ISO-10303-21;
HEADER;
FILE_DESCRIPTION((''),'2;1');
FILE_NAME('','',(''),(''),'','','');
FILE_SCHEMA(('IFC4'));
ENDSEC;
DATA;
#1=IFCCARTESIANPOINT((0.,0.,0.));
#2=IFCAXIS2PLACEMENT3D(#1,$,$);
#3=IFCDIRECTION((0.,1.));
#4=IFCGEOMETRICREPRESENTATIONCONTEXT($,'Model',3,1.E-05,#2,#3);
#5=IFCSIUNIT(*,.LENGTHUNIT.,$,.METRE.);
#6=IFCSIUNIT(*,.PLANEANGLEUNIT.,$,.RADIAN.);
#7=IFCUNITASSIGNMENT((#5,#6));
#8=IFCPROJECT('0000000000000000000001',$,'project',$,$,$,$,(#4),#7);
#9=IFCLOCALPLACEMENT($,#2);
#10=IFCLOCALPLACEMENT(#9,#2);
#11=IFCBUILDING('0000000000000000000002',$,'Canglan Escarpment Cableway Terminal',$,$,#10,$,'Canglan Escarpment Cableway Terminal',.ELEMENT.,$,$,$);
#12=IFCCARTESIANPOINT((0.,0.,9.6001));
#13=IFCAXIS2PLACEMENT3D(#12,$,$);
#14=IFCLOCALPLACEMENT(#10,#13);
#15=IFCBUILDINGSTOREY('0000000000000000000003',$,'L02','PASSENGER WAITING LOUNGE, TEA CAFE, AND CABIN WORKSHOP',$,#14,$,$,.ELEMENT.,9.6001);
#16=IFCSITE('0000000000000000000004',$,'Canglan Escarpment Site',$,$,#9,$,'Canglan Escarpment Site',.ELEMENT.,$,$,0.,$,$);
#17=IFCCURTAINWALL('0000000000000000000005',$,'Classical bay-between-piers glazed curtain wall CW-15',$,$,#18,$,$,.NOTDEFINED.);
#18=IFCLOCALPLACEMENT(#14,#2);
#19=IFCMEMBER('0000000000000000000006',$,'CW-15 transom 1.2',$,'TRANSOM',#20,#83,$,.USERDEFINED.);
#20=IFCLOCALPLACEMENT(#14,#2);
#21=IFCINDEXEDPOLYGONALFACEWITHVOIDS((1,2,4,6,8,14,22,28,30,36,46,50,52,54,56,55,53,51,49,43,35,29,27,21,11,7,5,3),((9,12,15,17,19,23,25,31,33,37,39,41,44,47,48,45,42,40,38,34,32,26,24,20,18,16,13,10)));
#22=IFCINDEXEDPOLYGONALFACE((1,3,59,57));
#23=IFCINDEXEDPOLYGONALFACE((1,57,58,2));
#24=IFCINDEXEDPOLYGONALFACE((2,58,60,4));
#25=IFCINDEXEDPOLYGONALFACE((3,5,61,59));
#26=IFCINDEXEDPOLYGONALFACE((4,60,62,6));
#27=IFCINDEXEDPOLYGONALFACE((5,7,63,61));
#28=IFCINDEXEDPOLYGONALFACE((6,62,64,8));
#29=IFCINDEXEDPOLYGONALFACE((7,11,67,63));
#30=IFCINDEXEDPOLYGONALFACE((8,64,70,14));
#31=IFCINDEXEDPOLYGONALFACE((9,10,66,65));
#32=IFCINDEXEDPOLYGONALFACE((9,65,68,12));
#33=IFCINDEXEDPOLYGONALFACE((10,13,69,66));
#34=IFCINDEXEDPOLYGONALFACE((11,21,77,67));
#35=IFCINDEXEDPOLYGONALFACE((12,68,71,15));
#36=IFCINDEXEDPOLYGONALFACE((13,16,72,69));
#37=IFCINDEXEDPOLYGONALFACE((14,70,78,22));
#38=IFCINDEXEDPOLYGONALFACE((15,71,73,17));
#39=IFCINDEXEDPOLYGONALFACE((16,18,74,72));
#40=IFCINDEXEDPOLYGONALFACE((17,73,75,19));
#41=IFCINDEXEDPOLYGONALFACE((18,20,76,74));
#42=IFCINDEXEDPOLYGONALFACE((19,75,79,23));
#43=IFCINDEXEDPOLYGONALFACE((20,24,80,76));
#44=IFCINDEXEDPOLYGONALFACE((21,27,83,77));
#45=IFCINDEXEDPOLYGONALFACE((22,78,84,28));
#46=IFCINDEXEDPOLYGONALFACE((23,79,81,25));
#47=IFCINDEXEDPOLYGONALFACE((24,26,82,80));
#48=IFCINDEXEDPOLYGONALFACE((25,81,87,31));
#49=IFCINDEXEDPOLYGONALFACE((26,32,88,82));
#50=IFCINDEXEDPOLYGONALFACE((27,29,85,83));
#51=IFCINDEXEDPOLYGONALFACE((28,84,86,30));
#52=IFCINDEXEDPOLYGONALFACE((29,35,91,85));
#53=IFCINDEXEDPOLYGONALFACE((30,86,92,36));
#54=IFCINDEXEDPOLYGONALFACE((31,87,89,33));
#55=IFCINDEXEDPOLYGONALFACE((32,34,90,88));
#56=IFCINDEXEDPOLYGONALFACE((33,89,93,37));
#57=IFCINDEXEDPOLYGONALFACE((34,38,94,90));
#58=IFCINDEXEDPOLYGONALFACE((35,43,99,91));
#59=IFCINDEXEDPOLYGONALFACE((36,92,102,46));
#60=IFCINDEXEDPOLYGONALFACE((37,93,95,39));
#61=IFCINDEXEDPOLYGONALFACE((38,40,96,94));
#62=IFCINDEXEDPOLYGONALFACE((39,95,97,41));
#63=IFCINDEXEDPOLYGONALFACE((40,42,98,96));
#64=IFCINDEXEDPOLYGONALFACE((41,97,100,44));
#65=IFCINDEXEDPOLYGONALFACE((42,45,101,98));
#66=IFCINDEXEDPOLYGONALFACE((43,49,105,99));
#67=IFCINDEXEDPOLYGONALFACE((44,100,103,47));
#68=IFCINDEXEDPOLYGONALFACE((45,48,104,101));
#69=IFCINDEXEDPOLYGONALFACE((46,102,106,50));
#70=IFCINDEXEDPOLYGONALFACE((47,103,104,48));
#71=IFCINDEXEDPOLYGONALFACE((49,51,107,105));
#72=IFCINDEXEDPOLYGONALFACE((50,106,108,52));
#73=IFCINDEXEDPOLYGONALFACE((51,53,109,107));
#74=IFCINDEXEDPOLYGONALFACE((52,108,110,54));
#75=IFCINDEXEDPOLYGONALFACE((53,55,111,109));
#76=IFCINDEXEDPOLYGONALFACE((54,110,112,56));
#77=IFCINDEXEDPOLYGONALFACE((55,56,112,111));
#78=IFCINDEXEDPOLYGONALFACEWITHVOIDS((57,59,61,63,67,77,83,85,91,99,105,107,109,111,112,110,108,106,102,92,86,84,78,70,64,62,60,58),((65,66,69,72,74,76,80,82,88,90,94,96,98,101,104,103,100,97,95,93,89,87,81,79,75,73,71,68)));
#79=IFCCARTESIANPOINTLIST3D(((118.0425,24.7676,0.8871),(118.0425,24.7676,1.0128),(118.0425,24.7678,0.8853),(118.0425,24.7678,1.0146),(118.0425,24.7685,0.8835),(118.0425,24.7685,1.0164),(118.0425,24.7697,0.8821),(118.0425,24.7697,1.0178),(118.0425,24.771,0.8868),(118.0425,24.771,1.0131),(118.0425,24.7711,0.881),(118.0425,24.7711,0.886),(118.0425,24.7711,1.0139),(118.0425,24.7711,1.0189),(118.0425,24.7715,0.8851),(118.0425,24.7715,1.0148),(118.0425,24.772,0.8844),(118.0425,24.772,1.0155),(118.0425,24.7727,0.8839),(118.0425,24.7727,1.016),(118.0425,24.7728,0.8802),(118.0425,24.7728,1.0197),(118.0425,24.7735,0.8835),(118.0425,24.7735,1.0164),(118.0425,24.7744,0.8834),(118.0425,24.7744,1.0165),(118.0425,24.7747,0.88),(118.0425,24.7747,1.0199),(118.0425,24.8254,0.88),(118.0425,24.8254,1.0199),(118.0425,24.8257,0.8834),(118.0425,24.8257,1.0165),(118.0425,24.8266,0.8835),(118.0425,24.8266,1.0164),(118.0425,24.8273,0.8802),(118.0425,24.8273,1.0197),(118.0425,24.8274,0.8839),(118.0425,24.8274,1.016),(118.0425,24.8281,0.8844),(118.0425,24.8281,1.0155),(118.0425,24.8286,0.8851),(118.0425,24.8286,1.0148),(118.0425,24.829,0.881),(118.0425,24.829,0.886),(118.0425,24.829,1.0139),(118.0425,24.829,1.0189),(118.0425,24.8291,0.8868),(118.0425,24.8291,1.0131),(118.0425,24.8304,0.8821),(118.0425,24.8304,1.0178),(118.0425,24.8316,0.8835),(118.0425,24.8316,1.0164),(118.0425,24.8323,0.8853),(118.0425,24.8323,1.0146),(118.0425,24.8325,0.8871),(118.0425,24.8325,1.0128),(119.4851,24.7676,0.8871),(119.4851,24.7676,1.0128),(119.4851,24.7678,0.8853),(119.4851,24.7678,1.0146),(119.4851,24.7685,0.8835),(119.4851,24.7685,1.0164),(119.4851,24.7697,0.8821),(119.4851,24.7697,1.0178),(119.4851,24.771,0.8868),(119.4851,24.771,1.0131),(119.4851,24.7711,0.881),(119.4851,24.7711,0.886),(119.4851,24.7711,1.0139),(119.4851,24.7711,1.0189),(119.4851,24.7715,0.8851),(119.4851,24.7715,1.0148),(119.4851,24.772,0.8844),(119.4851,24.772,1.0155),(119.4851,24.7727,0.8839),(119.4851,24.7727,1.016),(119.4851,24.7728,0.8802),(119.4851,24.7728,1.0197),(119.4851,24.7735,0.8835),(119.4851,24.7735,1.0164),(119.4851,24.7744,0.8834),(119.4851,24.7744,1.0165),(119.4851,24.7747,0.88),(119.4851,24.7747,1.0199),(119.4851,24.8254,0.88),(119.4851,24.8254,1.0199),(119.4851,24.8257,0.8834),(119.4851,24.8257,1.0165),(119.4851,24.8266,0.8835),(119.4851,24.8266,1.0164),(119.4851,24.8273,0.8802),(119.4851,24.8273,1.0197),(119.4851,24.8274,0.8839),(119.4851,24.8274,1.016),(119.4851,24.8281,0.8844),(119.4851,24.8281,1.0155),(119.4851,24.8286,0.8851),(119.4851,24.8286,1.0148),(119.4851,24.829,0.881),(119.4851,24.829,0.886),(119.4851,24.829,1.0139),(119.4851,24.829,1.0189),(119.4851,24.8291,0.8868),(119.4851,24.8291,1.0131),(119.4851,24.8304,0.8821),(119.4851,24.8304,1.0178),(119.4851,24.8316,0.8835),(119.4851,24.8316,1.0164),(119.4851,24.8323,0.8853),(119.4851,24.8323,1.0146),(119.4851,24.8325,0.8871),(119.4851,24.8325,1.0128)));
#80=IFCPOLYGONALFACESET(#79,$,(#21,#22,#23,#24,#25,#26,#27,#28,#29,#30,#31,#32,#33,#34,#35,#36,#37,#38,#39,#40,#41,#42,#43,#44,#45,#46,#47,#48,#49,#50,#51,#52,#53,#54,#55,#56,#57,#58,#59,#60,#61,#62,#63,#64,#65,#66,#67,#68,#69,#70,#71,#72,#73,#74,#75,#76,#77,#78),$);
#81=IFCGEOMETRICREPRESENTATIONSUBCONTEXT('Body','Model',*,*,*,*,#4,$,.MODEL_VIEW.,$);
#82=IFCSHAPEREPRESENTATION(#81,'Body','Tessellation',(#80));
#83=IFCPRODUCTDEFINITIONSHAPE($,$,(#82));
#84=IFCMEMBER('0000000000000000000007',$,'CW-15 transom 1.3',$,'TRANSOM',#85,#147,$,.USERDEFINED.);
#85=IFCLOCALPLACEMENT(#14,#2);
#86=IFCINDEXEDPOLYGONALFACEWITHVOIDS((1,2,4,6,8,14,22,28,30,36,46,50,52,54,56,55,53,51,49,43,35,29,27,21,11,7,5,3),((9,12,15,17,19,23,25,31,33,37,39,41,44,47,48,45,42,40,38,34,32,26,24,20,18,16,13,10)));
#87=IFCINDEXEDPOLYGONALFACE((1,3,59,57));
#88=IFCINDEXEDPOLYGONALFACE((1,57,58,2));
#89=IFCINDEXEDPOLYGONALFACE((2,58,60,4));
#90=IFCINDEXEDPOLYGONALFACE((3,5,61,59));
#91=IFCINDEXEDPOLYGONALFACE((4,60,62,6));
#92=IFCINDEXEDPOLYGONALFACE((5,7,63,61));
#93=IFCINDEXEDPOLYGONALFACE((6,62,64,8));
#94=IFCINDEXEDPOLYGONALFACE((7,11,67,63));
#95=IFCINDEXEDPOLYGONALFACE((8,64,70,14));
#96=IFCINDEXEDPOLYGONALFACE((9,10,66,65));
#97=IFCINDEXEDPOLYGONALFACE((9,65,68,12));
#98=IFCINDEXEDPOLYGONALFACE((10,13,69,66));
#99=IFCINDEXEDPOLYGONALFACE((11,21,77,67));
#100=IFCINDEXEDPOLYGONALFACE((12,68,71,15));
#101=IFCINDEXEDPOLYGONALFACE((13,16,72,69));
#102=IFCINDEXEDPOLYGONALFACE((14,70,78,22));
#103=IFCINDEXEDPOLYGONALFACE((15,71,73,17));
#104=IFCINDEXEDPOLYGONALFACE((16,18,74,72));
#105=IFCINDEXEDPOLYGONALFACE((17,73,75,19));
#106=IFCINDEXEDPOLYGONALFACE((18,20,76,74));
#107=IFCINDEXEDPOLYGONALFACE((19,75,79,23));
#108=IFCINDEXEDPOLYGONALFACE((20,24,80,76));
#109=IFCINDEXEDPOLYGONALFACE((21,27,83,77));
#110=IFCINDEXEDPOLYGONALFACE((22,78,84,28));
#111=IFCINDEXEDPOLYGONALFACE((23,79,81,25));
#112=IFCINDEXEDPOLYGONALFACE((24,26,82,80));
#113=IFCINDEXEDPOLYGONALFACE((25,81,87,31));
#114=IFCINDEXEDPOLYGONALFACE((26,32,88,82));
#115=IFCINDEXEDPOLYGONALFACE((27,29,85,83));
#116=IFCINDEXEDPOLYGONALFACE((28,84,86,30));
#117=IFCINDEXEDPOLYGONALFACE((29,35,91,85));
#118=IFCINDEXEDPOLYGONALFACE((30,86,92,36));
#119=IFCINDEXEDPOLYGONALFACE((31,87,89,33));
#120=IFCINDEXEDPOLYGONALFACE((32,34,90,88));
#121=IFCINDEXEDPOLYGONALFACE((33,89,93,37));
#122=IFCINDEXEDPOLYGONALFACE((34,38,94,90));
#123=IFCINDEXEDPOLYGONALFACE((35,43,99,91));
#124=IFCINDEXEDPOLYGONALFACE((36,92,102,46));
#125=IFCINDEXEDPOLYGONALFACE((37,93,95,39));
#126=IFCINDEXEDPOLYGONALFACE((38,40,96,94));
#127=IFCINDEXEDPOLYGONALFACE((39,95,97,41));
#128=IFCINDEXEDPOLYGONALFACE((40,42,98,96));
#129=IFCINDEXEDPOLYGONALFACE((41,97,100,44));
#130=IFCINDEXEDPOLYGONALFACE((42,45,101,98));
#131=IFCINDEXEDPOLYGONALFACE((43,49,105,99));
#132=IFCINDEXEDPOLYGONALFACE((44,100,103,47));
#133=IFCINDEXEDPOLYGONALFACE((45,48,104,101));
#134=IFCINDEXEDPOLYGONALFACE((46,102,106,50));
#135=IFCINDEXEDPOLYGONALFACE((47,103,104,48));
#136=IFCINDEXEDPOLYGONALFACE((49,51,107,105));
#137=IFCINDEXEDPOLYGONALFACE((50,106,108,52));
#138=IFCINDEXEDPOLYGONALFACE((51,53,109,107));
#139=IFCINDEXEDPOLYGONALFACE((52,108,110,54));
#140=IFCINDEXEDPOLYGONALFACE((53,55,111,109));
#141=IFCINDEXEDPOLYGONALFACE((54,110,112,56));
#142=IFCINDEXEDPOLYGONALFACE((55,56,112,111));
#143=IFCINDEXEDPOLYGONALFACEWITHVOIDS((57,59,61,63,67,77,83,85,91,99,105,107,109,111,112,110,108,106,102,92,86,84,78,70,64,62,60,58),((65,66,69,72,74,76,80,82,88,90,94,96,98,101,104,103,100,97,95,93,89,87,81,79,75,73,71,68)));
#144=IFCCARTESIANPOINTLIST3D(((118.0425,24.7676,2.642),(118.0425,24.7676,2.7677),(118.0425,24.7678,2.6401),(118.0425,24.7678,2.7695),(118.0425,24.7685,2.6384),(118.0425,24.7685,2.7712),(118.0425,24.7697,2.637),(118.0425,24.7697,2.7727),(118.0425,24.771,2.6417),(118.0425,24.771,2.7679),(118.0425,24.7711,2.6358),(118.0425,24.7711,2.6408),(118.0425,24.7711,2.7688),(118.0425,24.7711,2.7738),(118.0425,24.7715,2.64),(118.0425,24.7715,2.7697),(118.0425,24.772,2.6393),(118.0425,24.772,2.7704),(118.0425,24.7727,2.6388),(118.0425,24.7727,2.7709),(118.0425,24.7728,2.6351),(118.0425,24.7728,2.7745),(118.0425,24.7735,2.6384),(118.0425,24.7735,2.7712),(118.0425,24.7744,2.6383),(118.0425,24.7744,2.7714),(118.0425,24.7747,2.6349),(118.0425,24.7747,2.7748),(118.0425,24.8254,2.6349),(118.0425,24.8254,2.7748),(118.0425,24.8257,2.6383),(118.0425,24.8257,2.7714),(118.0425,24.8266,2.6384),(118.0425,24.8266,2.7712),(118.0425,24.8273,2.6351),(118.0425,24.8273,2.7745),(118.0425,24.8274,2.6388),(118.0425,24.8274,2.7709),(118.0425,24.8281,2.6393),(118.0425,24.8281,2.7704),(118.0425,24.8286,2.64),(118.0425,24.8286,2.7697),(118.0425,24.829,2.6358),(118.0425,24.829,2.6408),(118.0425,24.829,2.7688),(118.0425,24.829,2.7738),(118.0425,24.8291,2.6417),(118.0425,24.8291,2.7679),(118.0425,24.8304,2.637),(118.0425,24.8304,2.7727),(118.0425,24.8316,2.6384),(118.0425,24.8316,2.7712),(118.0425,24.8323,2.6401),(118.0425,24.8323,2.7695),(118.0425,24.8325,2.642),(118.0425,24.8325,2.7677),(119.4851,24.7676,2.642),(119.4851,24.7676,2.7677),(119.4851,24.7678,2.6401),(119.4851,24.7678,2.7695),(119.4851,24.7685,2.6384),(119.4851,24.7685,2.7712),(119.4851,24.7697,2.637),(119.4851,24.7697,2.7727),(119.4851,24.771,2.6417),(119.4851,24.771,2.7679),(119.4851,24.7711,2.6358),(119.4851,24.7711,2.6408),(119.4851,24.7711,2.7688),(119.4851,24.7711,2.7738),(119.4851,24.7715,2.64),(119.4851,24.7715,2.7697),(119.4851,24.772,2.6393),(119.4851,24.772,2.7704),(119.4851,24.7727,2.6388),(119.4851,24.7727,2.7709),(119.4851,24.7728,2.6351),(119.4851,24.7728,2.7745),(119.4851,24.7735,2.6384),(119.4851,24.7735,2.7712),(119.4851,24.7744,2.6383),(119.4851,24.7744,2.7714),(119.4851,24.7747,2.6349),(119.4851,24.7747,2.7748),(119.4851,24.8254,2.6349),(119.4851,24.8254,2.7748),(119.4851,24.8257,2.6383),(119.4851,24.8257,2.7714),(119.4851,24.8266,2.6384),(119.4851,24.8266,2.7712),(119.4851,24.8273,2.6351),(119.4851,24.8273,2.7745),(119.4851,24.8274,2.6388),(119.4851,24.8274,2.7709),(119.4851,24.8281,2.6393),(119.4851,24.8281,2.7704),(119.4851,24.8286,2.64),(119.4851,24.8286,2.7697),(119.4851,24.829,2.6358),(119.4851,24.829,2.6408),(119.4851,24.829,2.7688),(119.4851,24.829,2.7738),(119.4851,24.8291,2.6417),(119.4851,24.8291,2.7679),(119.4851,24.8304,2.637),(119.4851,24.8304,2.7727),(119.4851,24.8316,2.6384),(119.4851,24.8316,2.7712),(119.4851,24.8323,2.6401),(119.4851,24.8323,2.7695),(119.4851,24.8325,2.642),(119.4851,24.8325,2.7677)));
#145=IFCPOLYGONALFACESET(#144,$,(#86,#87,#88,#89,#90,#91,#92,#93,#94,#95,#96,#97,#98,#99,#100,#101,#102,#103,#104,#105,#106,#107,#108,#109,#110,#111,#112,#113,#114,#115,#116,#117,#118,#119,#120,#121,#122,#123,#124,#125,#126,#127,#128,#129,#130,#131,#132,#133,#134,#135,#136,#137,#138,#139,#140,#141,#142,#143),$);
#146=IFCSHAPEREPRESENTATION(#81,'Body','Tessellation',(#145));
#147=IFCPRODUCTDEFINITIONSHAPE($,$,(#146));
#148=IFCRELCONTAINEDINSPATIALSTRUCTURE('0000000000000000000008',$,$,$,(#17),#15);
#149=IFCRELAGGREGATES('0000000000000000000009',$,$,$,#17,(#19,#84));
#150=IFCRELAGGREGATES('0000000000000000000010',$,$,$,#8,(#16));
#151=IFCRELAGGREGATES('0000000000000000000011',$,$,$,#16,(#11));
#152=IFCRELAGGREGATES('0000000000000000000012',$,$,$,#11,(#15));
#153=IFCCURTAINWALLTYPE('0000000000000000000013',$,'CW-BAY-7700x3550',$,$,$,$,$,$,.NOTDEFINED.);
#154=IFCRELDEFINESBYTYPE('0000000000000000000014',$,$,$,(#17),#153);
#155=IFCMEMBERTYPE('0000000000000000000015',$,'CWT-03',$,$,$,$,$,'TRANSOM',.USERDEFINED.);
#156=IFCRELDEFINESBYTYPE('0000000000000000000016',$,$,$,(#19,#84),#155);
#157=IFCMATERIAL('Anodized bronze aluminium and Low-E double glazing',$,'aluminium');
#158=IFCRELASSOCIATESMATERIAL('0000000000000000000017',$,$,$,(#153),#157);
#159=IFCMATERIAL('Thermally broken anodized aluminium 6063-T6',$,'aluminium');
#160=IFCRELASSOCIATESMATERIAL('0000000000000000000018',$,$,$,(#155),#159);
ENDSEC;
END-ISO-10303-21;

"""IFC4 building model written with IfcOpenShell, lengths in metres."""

from ifc_helpers import new_model, si_unit, direction, frame, origin, origin_2d, place, context, subcontext, project, spatial, hollow_rectangle, extrude, material, material_profile, profile_set, type_object, element, aggregate, save


model = new_model("IFC4")

# Units and contexts
model_context = context("Model", 3, precision=1e-05, world=origin(), true_north=direction((0.0, 1.0)))
body_context = subcontext(model_context, "Body", "Model", "MODEL_VIEW")
ifc_project = project(units=[si_unit("LENGTHUNIT", "METRE"), si_unit("PLANEANGLEUNIT", "RADIAN")], contexts=[model_context])

# Site, building, storey
site_placement = place(None, origin())
site = spatial("IfcSite", under=ifc_project, at=site_placement, Name="Canglan Escarpment Site", LongName="Canglan Escarpment Site", CompositionType="ELEMENT", RefElevation=0.0)
building_placement = place(site_placement, origin())
building = spatial("IfcBuilding", under=site, at=building_placement, Name="Canglan Escarpment Cableway Terminal", LongName="Canglan Escarpment Cableway Terminal", CompositionType="ELEMENT")
storey_placement = place(building_placement, frame((0.0, 0.0, 9.6001)))
storey = spatial("IfcBuildingStorey", under=building, at=storey_placement, Name="L02", Description="PASSENGER WAITING LOUNGE, TEA CAFE, AND CABIN WORKSHOP", CompositionType="ELEMENT", Elevation=9.6001)

# Shared definitions
ifc_material_1 = material(Name="Anodized bronze aluminium and Low-E double glazing", Category="aluminium")
ifc_material_2 = material(Name="Thermally broken anodized aluminium 6063-T6", Category="aluminium")

# Curtain wall
curtain_wall_type_1 = type_object("IfcCurtainWallType", Name="CW-BAY-7700x3550", PredefinedType="NOTDEFINED", material=ifc_material_1)
curtain_wall_1_placement = place(storey_placement, origin())
curtain_wall_1 = element("IfcCurtainWall", 1, at=curtain_wall_1_placement, inside=storey, type_object=curtain_wall_type_1, Name="Classical bay-between-piers glazed curtain wall CW-15", PredefinedType="NOTDEFINED")

# Members
ifc_material_profile_1 = material_profile(ifc_material_2, hollow_rectangle(XDim=0.0649, YDim=0.1399, WallThickness=0.0034, InnerFilletRadius=0.0034, OuterFilletRadius=0.0071, at=origin_2d()), Name="ALU-TRAN 65x140x3.5")
ifc_profile_set_1 = profile_set([ifc_material_profile_1], Name="Thermally broken anodized aluminium 6063-T6")
member_type_1 = type_object("IfcMemberType", Name="CWT-03", ElementType="TRANSOM", PredefinedType="USERDEFINED", material=ifc_profile_set_1)
member_1_placement = place(storey_placement, frame((119.4851, 24.8, 0.95), z_axis=(-1.0, 0.0, 0.0), x_axis=(0.0, -1.0, 0.0)))
member_1 = element("IfcMember", 2, at=member_1_placement, type_object=member_type_1, Name="CW-15 transom 1.2", ObjectType="TRANSOM", PredefinedType="USERDEFINED", context=body_context, shape_type="SweptSolid", body=[
    extrude(hollow_rectangle(XDim=0.0649, YDim=0.1399, WallThickness=0.0034, InnerFilletRadius=0.0034, OuterFilletRadius=0.0071, at=origin_2d()), origin(), (0.0, 0.0, 1.0), 1.4426),
])
member_2_placement = place(storey_placement, frame((119.4851, 24.8, 2.7048), z_axis=(-1.0, 0.0, 0.0), x_axis=(0.0, -1.0, 0.0)))
member_2 = element("IfcMember", 3, at=member_2_placement, type_object=member_type_1, Name="CW-15 transom 1.3", ObjectType="TRANSOM", PredefinedType="USERDEFINED", context=body_context, shape_type="SweptSolid", body=[
    extrude(hollow_rectangle(XDim=0.0649, YDim=0.1399, WallThickness=0.0034, InnerFilletRadius=0.0034, OuterFilletRadius=0.0071, at=origin_2d()), origin(), (0.0, 0.0, 1.0), 1.4426),
])
aggregate(curtain_wall_1, [member_1, member_2])

save(model, "model.ifc")
